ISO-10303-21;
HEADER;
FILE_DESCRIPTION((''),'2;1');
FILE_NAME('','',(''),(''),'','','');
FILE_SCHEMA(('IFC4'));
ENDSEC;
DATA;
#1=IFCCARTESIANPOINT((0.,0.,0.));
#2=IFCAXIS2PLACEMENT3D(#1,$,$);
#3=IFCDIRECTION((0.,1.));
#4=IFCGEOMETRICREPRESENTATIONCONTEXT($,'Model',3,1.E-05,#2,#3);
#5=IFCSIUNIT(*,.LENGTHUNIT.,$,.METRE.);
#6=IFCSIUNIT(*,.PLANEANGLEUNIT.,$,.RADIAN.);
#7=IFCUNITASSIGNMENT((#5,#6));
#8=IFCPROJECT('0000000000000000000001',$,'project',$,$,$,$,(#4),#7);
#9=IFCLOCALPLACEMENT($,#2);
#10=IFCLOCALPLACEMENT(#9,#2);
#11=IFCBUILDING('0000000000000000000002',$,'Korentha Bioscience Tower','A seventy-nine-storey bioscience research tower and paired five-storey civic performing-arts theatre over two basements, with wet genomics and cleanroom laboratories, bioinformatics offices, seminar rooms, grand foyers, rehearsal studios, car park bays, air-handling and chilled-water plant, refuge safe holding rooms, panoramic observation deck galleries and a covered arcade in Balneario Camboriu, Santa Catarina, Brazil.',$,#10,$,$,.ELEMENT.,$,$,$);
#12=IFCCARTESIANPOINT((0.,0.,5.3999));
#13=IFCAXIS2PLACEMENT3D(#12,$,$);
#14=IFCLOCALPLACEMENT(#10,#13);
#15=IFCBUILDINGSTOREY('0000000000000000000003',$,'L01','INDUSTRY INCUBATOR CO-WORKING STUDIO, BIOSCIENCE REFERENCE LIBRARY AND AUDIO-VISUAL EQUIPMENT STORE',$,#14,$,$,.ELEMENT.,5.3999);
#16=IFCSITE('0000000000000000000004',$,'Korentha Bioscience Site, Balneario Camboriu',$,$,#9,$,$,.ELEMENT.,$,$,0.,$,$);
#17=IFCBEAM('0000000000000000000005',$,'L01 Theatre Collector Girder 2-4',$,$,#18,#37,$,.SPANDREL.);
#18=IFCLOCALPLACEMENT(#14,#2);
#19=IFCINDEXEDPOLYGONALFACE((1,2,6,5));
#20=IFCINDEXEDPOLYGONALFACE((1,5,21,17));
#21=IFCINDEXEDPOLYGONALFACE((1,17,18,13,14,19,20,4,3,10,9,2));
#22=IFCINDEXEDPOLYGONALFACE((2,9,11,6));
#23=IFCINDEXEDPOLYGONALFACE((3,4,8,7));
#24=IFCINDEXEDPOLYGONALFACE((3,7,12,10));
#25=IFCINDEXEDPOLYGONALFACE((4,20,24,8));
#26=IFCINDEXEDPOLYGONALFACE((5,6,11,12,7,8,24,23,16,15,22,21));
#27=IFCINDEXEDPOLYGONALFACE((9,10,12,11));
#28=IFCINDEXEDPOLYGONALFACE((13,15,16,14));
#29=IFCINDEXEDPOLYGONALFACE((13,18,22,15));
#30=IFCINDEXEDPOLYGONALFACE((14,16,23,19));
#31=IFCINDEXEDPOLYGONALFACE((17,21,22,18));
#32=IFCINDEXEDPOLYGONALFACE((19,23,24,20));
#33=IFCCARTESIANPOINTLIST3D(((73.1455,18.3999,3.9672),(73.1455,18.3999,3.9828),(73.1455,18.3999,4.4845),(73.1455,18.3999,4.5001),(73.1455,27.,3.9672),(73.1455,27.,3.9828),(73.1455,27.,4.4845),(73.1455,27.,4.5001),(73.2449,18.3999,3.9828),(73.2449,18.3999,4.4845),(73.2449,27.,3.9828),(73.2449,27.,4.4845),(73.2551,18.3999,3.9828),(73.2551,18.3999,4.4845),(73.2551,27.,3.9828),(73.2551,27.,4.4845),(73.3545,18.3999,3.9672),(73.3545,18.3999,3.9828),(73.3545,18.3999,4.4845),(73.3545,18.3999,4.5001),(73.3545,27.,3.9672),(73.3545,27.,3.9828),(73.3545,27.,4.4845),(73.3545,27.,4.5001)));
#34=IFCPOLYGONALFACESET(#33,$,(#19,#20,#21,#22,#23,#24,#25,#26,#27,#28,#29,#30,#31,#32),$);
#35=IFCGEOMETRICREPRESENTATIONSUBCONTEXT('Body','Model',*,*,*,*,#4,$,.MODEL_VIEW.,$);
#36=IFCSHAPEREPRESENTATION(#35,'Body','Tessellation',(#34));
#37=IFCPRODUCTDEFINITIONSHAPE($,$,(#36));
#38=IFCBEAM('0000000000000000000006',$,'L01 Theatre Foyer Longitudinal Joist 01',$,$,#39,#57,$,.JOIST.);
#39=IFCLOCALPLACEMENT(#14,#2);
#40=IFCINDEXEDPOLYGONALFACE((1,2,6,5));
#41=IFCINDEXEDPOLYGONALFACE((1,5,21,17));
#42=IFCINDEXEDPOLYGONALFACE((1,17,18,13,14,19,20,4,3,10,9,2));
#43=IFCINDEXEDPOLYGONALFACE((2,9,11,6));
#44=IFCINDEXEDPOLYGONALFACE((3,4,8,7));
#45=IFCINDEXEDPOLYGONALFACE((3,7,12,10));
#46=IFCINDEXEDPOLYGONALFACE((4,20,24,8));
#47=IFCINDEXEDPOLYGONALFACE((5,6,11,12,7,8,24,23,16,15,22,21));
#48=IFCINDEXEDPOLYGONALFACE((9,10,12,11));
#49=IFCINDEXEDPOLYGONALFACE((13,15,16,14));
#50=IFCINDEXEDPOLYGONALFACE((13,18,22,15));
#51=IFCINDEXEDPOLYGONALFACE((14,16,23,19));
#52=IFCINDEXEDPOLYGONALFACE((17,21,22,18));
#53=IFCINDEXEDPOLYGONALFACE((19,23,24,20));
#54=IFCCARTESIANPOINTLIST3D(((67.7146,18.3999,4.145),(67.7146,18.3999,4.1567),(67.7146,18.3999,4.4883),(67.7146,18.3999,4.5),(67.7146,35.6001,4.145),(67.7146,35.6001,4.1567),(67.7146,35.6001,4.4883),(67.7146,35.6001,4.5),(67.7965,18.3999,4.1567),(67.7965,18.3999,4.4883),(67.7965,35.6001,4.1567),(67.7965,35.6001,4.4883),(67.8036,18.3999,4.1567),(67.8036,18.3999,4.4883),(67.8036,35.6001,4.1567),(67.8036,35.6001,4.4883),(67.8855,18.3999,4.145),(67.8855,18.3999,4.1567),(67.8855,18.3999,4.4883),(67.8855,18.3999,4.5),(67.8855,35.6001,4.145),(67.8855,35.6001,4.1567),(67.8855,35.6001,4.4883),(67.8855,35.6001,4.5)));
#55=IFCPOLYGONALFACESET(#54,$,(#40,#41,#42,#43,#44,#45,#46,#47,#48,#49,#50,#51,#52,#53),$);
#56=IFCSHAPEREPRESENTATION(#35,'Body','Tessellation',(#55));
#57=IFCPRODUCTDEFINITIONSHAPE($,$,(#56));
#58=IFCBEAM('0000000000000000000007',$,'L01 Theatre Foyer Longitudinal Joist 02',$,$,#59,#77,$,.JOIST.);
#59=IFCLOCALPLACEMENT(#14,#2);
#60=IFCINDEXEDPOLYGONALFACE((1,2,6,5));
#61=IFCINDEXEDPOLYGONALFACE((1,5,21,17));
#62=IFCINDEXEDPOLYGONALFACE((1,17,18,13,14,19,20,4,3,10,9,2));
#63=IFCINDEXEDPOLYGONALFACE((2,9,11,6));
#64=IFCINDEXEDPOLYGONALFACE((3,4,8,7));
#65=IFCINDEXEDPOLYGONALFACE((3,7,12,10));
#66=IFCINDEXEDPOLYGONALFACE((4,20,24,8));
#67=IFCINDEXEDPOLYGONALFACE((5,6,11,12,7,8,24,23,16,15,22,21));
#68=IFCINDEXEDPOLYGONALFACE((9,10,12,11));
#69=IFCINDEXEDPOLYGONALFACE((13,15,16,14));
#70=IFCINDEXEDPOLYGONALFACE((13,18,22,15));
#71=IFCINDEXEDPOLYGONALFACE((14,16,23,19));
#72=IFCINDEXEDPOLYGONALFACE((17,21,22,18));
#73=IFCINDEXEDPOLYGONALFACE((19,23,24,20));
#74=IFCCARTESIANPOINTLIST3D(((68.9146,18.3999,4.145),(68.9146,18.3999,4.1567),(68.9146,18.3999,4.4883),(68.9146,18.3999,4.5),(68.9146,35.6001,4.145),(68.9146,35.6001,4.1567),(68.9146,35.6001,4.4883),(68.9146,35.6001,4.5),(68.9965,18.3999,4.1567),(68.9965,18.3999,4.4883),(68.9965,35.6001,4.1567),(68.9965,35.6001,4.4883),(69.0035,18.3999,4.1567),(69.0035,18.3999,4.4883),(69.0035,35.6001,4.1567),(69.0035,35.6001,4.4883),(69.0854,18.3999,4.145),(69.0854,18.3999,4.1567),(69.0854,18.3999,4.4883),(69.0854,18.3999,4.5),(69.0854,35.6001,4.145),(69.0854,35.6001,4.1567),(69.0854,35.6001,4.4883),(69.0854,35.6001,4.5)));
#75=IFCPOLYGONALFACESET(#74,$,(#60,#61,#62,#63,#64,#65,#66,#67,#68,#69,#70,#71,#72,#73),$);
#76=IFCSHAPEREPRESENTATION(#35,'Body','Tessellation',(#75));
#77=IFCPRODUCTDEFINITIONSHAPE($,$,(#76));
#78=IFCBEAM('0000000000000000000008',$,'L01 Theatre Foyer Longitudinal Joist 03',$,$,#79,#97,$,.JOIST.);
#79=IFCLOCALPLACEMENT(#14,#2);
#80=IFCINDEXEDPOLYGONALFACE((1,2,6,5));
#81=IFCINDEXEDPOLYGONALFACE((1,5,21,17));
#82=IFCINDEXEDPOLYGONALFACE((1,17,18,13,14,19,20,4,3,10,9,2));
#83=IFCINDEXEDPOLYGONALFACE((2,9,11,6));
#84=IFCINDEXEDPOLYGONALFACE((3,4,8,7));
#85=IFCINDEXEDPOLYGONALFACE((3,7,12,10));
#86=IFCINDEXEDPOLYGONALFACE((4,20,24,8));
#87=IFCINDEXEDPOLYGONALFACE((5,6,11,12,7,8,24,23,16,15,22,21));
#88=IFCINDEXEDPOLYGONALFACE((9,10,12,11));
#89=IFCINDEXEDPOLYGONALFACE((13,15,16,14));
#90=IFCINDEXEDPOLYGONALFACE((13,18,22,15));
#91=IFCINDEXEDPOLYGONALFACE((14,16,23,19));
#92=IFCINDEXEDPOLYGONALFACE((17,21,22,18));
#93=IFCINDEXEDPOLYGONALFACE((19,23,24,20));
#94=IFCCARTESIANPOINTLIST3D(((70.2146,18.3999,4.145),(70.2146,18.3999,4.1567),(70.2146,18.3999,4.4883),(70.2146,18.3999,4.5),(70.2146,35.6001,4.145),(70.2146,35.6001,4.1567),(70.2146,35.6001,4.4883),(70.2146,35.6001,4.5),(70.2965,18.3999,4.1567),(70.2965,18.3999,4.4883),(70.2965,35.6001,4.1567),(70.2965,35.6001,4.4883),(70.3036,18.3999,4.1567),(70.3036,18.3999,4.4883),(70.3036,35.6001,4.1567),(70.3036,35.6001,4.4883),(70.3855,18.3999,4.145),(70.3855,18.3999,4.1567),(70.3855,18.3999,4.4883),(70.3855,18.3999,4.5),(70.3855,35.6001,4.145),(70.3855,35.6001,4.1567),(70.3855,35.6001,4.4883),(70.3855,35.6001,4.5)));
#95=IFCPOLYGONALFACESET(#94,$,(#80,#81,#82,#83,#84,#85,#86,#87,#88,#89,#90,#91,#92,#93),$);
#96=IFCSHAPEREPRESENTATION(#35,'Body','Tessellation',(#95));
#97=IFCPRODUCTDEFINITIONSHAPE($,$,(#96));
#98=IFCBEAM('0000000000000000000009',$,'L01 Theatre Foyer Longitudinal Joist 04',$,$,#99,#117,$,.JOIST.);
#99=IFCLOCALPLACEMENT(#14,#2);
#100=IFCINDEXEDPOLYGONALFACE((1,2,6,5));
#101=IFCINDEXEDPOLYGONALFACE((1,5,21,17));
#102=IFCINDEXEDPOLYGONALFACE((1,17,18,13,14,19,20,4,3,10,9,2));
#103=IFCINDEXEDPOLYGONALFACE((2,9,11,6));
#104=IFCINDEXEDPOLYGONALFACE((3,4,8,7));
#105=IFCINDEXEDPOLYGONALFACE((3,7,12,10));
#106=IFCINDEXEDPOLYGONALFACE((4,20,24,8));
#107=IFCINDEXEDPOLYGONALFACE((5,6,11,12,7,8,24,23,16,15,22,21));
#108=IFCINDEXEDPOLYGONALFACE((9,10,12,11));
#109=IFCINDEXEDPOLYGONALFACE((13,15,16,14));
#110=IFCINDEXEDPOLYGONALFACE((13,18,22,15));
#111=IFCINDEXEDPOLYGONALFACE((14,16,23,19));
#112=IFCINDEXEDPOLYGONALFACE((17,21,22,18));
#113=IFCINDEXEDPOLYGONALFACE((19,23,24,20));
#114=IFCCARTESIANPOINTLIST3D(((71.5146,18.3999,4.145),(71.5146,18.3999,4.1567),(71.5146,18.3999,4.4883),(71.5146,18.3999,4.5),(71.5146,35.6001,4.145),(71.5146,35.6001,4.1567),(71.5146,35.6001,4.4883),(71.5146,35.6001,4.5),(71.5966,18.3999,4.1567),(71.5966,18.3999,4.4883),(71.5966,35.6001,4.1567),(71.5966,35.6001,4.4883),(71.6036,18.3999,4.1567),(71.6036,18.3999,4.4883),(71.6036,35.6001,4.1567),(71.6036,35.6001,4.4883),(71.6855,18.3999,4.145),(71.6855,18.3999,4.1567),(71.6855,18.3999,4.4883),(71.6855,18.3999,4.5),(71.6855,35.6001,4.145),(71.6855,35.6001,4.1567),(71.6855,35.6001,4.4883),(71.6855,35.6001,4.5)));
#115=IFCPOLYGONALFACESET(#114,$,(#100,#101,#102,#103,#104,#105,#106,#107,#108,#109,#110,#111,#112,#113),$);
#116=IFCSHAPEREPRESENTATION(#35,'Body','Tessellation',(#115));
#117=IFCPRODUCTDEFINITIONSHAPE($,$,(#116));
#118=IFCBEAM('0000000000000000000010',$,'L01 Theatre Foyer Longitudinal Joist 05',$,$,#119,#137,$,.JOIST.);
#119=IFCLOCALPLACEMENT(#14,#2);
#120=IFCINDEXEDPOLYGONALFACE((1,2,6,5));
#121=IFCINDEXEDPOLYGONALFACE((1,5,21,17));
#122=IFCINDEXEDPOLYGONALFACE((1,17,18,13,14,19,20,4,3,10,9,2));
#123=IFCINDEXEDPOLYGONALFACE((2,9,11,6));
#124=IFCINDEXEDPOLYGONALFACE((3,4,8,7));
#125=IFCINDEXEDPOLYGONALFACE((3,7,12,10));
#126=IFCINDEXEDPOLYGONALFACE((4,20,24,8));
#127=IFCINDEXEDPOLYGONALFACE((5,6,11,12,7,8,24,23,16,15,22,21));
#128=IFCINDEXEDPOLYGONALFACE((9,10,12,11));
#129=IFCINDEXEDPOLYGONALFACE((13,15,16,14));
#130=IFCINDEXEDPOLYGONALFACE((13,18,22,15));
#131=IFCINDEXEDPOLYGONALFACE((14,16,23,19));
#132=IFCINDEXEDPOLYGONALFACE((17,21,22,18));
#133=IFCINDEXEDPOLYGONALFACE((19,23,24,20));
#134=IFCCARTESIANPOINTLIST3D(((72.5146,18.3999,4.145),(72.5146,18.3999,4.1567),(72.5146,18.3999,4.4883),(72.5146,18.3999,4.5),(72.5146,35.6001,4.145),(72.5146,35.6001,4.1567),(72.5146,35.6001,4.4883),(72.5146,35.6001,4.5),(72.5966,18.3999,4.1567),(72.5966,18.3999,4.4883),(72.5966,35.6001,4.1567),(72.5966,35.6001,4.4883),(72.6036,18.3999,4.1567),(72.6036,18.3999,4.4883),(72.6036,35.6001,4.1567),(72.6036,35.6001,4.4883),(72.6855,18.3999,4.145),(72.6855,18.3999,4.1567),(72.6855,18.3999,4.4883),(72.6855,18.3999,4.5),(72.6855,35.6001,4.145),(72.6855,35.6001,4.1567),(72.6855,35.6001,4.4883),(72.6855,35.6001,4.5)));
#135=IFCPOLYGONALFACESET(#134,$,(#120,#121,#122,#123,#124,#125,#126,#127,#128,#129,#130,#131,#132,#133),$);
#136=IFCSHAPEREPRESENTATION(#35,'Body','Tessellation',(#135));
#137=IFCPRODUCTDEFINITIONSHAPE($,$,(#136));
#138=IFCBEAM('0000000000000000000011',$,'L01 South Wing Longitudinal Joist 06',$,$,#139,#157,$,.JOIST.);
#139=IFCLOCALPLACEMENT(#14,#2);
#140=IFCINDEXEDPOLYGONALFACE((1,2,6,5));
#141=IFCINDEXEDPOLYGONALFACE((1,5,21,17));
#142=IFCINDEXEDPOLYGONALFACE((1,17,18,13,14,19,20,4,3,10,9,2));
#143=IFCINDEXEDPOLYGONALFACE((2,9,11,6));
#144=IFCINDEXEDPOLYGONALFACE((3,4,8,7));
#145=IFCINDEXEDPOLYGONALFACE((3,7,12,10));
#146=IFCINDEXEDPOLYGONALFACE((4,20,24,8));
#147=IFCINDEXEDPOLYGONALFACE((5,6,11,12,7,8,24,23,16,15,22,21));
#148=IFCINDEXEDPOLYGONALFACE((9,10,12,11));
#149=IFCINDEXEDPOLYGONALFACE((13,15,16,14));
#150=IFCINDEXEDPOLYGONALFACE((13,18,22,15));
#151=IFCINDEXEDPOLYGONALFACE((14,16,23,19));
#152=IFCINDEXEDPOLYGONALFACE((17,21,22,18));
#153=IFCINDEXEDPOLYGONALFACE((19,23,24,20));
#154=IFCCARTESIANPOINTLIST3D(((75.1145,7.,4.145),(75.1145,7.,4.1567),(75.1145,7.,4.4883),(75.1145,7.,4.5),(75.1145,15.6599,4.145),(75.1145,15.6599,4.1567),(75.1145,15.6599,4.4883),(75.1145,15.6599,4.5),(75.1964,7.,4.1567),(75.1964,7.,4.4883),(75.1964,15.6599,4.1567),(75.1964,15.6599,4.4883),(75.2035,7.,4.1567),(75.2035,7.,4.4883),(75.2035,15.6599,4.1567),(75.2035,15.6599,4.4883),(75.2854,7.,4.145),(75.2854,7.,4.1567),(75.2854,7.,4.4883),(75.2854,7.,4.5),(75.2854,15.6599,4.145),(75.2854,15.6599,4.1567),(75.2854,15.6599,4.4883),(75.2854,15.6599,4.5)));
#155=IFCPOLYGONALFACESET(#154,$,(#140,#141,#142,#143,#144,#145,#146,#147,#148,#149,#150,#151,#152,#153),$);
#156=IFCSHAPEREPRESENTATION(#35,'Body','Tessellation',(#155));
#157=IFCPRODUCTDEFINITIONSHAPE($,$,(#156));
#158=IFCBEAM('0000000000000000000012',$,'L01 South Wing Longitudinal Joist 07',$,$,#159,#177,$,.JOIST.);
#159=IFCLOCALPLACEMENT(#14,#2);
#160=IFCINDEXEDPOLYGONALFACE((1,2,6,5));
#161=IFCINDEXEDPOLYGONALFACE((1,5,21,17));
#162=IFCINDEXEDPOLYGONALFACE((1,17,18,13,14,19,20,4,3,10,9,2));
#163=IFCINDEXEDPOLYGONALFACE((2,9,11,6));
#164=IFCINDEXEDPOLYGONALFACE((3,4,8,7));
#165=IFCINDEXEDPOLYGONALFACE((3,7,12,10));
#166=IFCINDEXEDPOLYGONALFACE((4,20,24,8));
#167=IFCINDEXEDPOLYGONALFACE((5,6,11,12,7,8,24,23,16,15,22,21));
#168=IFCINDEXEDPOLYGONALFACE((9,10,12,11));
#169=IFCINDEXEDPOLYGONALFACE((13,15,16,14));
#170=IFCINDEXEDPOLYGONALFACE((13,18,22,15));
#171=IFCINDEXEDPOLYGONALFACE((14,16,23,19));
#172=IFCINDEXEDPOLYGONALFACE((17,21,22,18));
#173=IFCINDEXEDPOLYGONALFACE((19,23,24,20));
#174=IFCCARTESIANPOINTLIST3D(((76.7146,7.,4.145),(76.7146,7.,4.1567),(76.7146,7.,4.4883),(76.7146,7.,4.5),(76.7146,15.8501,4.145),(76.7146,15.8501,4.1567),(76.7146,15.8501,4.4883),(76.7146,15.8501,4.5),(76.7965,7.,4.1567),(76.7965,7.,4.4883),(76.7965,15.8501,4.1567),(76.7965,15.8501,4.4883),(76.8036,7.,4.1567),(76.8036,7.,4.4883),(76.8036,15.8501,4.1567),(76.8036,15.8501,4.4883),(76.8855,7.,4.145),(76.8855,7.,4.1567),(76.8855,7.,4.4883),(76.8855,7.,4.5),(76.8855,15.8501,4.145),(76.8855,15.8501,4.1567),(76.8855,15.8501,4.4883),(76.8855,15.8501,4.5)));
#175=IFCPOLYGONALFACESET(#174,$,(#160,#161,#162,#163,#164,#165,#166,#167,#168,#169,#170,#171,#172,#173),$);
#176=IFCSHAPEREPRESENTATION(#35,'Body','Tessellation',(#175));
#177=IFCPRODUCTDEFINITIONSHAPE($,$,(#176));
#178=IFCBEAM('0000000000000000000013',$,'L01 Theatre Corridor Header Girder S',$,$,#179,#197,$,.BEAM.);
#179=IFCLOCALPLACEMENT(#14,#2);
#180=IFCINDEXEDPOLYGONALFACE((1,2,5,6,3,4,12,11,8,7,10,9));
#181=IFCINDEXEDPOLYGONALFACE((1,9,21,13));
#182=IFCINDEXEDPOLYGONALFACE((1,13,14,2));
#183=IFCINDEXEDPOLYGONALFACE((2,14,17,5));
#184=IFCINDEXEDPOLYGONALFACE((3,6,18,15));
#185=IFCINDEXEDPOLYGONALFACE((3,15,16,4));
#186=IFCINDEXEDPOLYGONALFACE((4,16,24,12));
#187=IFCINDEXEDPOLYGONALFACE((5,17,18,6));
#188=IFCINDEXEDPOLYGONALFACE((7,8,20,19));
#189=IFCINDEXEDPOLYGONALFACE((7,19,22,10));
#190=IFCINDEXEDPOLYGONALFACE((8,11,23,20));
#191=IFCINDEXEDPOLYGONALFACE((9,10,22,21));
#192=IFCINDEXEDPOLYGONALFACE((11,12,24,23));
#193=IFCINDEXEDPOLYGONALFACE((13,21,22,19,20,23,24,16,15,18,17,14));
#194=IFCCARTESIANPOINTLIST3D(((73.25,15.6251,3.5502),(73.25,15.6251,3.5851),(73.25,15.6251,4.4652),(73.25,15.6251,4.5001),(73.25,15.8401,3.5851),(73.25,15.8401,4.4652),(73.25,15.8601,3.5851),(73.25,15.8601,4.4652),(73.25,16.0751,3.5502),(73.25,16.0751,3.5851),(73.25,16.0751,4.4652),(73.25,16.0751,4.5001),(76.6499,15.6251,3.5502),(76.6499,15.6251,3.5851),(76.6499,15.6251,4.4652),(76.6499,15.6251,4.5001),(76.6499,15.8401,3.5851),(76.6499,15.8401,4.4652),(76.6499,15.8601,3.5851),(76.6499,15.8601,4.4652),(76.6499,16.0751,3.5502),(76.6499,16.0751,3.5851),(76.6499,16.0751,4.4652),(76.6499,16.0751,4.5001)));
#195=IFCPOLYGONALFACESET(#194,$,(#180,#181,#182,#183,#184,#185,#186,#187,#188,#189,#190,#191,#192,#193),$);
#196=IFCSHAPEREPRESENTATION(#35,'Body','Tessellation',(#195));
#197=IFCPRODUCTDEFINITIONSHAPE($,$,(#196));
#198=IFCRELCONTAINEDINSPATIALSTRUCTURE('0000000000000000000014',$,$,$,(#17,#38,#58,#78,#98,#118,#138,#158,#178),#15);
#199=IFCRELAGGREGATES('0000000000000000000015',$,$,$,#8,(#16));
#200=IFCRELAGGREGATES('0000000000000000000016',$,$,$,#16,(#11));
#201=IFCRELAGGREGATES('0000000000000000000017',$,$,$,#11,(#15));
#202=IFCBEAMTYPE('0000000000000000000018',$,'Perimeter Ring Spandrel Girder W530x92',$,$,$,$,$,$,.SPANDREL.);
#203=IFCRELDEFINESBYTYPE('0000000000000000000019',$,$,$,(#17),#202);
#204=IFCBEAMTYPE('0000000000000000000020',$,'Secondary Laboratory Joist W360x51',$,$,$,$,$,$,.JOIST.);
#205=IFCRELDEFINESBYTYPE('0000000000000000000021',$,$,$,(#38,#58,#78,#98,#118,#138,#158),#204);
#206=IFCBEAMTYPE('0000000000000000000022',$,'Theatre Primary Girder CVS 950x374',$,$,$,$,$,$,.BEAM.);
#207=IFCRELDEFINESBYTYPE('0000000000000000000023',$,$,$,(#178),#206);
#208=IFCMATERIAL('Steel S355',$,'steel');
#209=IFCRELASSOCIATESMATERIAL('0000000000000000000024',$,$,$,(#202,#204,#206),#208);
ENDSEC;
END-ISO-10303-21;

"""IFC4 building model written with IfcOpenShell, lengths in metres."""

from ifc_helpers import new_model, si_unit, direction, frame, origin, origin_2d, place, context, subcontext, project, spatial, i_section, extrude, material, material_profile, profile_set, type_object, element, save


model = new_model("IFC4")

# Units and contexts
model_context = context("Model", 3, precision=1e-05, world=origin(), true_north=direction((0.0, 1.0)))
body_context = subcontext(model_context, "Body", "Model", "MODEL_VIEW")
ifc_project = project(units=[si_unit("LENGTHUNIT", "METRE"), si_unit("PLANEANGLEUNIT", "RADIAN")], contexts=[model_context])

# Site, building, storey
site_placement = place(None, origin())
site = spatial("IfcSite", under=ifc_project, at=site_placement, Name="Korentha Bioscience Site, Balneario Camboriu", CompositionType="ELEMENT", RefElevation=0.0)
building_placement = place(site_placement, origin())
building = spatial("IfcBuilding", under=site, at=building_placement, Name="Korentha Bioscience Tower", Description="A seventy-nine-storey bioscience research tower and paired five-storey civic performing-arts theatre over two basements, with wet genomics and cleanroom laboratories, bioinformatics offices, seminar rooms, grand foyers, rehearsal studios, car park bays, air-handling and chilled-water plant, refuge safe holding rooms, panoramic observation deck galleries and a covered arcade in Balneario Camboriu, Santa Catarina, Brazil.", CompositionType="ELEMENT")
storey_placement = place(building_placement, frame((0.0, 0.0, 5.3999)))
storey = spatial("IfcBuildingStorey", under=building, at=storey_placement, Name="L01", Description="INDUSTRY INCUBATOR CO-WORKING STUDIO, BIOSCIENCE REFERENCE LIBRARY AND AUDIO-VISUAL EQUIPMENT STORE", CompositionType="ELEMENT", Elevation=5.3999)

# Shared definitions
ifc_material_1 = material(Name="Steel S355", Category="steel")

# Beams
ifc_material_profile_1 = material_profile(ifc_material_1, i_section(OverallWidth=0.209, OverallDepth=0.533, WebThickness=0.0103, FlangeThickness=0.0156, at=origin_2d()), Name="Steel S355")
ifc_profile_set_1 = profile_set([ifc_material_profile_1], Name="Steel S355 (SB-530)")
beam_type_1 = type_object("IfcBeamType", Name="Perimeter Ring Spandrel Girder W530x92", PredefinedType="SPANDREL", material=ifc_profile_set_1)
beam_1_placement = place(storey_placement, frame((73.25, 18.3999, 4.2336), z_axis=(0.0, 1.0, 0.0), x_axis=(-1.0, 0.0, 0.0)))
element("IfcBeam", 1, at=beam_1_placement, inside=storey, type_object=beam_type_1, Name="L01 Theatre Collector Girder 2-4", PredefinedType="SPANDREL", context=body_context, shape_type="SweptSolid", body=[
    extrude(i_section(OverallWidth=0.209, OverallDepth=0.533, WebThickness=0.0103, FlangeThickness=0.0156, at=origin_2d()), origin(), (0.0, 0.0, 1.0), 8.6001),
])
ifc_material_profile_2 = material_profile(ifc_material_1, i_section(OverallWidth=0.1709, OverallDepth=0.355, WebThickness=0.0071, FlangeThickness=0.0117, at=origin_2d()), Name="Steel S355")
ifc_profile_set_2 = profile_set([ifc_material_profile_2], Name="Steel S355 (JB-360)")
beam_type_2 = type_object("IfcBeamType", Name="Secondary Laboratory Joist W360x51", PredefinedType="JOIST", material=ifc_profile_set_2)
for number, where, z_axis, x_axis, name in (
    (2, (67.8, 18.3999, 4.3225), (0.0, 1.0, 0.0), (-1.0, 0.0, 0.0), "L01 Theatre Foyer Longitudinal Joist 01"),
    (3, (69.0, 18.3999, 4.3225), (0.0, 1.0, 0.0), (-1.0, 0.0, 0.0), "L01 Theatre Foyer Longitudinal Joist 02"),
    (4, (70.3, 18.3999, 4.3225), (0.0, 1.0, 0.0), (-1.0, 0.0, 0.0), "L01 Theatre Foyer Longitudinal Joist 03"),
    (5, (71.6001, 18.3999, 4.3225), (0.0, 1.0, 0.0), (-1.0, 0.0, 0.0), "L01 Theatre Foyer Longitudinal Joist 04"),
    (6, (72.6001, 18.3999, 4.3225), (0.0, 1.0, 0.0), (-1.0, 0.0, 0.0), "L01 Theatre Foyer Longitudinal Joist 05"),
):
    element("IfcBeam", number, at=place(storey_placement, frame(where, z_axis=z_axis, x_axis=x_axis)), inside=storey, type_object=beam_type_2, Name=name, PredefinedType="JOIST", context=body_context, shape_type="SweptSolid", body=[
        extrude(i_section(OverallWidth=0.1709, OverallDepth=0.355, WebThickness=0.0071, FlangeThickness=0.0117, at=origin_2d()), origin(), (0.0, 0.0, 1.0), 17.2002),
    ])
beam_2_placement = place(storey_placement, frame((75.2, 7.0, 4.3225), z_axis=(0.0, 1.0, 0.0), x_axis=(-1.0, 0.0, 0.0)))
element("IfcBeam", 7, at=beam_2_placement, inside=storey, type_object=beam_type_2, Name="L01 South Wing Longitudinal Joist 06", PredefinedType="JOIST", context=body_context, shape_type="SweptSolid", body=[
    extrude(i_section(OverallWidth=0.1709, OverallDepth=0.355, WebThickness=0.0071, FlangeThickness=0.0117, at=origin_2d()), origin(), (0.0, 0.0, 1.0), 8.6599),
])
beam_3_placement = place(storey_placement, frame((76.8, 7.0, 4.3225), z_axis=(0.0, 1.0, 0.0), x_axis=(-1.0, 0.0, 0.0)))
element("IfcBeam", 8, at=beam_3_placement, inside=storey, type_object=beam_type_2, Name="L01 South Wing Longitudinal Joist 07", PredefinedType="JOIST", context=body_context, shape_type="SweptSolid", body=[
    extrude(i_section(OverallWidth=0.1709, OverallDepth=0.355, WebThickness=0.0071, FlangeThickness=0.0117, at=origin_2d()), origin(), (0.0, 0.0, 1.0), 8.8501),
])
ifc_material_profile_3 = material_profile(ifc_material_1, i_section(OverallWidth=0.45, OverallDepth=0.95, WebThickness=0.02, FlangeThickness=0.0349, at=origin_2d()), Name="Steel S355")
ifc_profile_set_3 = profile_set([ifc_material_profile_3], Name="Steel S355 (TB-950)")
beam_type_3 = type_object("IfcBeamType", Name="Theatre Primary Girder CVS 950x374", PredefinedType="BEAM", material=ifc_profile_set_3)
beam_4_placement = place(storey_placement, frame((73.25, 15.8501, 4.0251), z_axis=(1.0, 0.0, 0.0), x_axis=(0.0, 1.0, 0.0)))
element("IfcBeam", 9, at=beam_4_placement, inside=storey, type_object=beam_type_3, Name="L01 Theatre Corridor Header Girder S", PredefinedType="BEAM", context=body_context, shape_type="SweptSolid", body=[
    extrude(i_section(OverallWidth=0.45, OverallDepth=0.95, WebThickness=0.02, FlangeThickness=0.0349, at=origin_2d()), origin(), (0.0, 0.0, 1.0), 3.3999),
])

save(model, "model.ifc")
